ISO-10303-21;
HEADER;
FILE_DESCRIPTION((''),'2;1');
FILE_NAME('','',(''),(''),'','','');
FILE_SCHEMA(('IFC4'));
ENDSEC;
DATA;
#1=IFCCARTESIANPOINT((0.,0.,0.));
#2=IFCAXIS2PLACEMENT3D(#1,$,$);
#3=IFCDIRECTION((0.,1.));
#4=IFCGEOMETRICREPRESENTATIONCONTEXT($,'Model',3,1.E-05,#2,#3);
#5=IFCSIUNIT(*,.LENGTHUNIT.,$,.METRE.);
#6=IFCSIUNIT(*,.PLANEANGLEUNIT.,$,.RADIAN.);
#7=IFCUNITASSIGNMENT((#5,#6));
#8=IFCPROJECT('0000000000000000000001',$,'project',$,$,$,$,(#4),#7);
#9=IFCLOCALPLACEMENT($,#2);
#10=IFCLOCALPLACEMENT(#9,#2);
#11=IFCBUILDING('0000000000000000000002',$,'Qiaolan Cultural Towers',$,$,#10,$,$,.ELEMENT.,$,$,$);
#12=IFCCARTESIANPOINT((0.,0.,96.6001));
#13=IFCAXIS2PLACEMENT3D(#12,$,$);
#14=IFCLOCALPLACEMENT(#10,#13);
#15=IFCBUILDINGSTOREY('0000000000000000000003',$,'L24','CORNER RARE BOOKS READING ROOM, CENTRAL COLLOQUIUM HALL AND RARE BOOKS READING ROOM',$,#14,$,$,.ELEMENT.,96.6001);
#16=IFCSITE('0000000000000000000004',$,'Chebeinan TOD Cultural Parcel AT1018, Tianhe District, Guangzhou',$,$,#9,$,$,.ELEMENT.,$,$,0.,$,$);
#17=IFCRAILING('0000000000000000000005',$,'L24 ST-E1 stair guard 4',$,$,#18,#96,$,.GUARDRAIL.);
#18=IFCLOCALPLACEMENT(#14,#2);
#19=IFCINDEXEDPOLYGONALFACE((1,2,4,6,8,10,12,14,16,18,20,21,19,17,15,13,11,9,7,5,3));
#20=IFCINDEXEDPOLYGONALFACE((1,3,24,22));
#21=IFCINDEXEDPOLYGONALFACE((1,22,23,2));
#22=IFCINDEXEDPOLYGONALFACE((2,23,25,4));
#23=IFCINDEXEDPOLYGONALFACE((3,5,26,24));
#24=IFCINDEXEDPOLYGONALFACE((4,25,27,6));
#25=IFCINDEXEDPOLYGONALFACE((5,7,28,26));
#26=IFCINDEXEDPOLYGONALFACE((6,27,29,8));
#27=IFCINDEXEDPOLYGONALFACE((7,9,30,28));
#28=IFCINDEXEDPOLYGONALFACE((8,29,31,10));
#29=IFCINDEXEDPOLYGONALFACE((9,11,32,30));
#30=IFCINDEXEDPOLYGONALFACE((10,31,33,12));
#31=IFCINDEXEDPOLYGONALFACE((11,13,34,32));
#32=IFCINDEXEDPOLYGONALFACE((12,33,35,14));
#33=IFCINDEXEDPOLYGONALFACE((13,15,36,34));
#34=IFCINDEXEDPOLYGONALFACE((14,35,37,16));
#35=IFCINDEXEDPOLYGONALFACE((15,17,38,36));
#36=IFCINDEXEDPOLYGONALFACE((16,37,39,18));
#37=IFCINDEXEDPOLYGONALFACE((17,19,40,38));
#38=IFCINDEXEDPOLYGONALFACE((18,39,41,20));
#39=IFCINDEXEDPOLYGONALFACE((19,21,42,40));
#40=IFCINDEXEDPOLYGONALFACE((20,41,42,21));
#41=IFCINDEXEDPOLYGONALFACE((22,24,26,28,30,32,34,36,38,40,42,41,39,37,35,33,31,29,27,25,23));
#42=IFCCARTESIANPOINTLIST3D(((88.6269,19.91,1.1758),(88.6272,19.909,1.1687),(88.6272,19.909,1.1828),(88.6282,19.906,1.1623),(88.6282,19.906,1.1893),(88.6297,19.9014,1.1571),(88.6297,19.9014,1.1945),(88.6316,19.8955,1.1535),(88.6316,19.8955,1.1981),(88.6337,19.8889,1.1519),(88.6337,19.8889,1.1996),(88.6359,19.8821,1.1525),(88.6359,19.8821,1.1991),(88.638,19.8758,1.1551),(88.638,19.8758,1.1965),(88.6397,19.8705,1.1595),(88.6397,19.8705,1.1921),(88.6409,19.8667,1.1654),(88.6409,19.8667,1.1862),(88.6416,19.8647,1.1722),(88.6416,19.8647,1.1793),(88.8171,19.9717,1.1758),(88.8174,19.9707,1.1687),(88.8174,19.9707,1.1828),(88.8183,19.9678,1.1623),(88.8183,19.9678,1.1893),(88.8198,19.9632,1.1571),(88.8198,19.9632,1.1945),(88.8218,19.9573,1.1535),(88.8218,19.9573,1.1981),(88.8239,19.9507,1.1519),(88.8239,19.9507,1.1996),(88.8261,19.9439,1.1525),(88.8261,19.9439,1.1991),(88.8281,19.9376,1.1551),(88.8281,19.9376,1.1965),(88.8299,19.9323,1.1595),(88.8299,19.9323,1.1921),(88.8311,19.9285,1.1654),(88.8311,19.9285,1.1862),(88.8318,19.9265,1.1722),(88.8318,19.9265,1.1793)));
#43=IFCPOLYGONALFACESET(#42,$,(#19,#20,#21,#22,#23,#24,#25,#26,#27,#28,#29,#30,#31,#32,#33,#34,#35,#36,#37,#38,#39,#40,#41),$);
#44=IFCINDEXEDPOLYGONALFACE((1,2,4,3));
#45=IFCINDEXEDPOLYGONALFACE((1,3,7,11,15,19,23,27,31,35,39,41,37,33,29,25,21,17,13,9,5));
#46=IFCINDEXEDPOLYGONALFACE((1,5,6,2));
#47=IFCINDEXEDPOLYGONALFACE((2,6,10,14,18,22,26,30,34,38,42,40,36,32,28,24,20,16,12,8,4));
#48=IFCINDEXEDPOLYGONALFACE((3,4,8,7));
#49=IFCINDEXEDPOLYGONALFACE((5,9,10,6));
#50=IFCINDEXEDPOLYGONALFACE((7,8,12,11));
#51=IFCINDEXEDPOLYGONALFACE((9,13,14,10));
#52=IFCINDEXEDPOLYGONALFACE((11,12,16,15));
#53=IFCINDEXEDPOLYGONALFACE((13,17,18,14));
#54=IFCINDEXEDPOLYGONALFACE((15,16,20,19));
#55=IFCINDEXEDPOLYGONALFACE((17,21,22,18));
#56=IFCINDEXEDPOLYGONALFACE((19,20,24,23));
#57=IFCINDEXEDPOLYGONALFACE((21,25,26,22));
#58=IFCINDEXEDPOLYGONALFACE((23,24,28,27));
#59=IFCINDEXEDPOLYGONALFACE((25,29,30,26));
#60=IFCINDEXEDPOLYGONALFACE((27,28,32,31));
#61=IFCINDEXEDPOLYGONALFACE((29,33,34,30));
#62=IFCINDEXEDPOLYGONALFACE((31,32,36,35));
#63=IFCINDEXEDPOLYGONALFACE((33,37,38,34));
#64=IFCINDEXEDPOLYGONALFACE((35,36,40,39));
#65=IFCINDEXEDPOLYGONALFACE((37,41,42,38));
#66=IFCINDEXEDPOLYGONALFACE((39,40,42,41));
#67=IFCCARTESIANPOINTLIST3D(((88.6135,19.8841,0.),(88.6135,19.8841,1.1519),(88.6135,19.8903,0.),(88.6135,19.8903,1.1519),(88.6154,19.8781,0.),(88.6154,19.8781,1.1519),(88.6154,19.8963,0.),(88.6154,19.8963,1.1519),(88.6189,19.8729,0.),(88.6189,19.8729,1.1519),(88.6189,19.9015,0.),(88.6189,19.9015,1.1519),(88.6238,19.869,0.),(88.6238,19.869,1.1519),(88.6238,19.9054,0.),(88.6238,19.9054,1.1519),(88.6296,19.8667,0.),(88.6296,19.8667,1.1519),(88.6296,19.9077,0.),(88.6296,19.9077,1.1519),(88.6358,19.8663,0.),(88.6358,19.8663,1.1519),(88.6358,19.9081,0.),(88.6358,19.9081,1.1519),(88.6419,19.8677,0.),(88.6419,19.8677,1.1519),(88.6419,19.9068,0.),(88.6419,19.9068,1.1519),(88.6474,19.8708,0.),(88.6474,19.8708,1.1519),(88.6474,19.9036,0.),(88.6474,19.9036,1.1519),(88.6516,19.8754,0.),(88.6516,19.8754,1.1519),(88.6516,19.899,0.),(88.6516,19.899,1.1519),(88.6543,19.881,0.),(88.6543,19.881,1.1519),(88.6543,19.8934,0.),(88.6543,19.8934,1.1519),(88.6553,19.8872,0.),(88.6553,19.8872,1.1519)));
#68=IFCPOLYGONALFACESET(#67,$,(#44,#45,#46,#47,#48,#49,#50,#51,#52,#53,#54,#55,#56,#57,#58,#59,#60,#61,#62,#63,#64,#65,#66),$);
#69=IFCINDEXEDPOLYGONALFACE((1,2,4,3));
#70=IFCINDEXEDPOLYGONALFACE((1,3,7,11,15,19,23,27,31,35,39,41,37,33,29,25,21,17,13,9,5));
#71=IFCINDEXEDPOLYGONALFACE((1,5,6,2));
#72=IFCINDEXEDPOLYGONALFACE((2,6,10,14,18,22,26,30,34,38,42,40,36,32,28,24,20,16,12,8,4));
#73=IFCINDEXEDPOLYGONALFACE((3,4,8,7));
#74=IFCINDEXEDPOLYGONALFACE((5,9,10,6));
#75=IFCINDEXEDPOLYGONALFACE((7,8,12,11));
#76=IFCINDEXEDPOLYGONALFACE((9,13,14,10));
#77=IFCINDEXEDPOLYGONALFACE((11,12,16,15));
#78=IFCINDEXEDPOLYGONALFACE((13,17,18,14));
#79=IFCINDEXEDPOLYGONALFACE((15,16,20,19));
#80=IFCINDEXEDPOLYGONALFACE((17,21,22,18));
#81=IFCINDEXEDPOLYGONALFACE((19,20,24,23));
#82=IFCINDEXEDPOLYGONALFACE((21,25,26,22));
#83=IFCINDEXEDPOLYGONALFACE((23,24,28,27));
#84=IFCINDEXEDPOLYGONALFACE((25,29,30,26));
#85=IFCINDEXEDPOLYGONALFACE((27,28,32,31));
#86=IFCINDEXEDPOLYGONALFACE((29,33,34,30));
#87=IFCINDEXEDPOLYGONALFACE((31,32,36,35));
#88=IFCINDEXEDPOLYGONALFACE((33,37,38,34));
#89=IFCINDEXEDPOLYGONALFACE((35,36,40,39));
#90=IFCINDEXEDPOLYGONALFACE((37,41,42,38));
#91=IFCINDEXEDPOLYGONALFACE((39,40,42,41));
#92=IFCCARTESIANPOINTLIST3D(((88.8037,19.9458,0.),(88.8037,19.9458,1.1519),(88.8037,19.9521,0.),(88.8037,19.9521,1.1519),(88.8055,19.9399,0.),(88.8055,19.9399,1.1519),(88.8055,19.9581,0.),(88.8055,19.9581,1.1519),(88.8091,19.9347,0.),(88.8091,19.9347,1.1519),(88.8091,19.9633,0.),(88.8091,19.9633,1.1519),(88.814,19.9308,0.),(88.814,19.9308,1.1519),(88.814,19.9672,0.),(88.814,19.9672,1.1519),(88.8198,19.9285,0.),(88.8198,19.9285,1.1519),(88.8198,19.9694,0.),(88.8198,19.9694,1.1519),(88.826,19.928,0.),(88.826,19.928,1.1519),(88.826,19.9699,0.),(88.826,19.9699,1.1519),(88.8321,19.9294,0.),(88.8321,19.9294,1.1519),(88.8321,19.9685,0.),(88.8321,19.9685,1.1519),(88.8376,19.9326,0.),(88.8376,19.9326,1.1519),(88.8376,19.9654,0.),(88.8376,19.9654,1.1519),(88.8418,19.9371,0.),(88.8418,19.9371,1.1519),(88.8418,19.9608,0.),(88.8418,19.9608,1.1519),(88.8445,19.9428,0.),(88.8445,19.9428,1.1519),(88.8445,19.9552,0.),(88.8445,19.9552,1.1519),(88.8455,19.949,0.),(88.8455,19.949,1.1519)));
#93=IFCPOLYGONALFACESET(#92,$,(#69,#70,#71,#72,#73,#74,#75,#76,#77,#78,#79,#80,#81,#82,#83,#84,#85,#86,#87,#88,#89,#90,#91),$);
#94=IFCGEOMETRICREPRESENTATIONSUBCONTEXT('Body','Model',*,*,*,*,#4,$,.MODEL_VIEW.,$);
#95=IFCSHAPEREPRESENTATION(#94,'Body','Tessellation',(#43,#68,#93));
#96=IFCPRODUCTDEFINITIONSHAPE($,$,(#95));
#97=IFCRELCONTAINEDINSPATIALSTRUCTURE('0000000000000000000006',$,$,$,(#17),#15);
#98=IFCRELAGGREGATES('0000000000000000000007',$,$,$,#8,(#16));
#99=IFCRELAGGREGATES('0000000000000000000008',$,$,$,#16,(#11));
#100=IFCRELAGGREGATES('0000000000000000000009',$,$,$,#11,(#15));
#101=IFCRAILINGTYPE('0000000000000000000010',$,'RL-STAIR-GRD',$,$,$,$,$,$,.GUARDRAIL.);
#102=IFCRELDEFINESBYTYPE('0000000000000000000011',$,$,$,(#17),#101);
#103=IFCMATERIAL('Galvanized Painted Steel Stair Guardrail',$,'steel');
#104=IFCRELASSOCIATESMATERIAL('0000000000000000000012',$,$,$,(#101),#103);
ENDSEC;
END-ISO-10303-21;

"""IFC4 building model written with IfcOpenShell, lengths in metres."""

from ifc_helpers import new_model, si_unit, direction, frame, origin, origin_2d, place, context, subcontext, project, spatial, circle, extrude, material, type_object, element, save


model = new_model("IFC4")

# Units and contexts
model_context = context("Model", 3, precision=1e-05, world=origin(), true_north=direction((0.0, 1.0)))
body_context = subcontext(model_context, "Body", "Model", "MODEL_VIEW")
ifc_project = project(units=[si_unit("LENGTHUNIT", "METRE"), si_unit("PLANEANGLEUNIT", "RADIAN")], contexts=[model_context])

# Site, building, storey
site_placement = place(None, origin())
site = spatial("IfcSite", under=ifc_project, at=site_placement, Name="Chebeinan TOD Cultural Parcel AT1018, Tianhe District, Guangzhou", CompositionType="ELEMENT", RefElevation=0.0)
building_placement = place(site_placement, origin())
building = spatial("IfcBuilding", under=site, at=building_placement, Name="Qiaolan Cultural Towers", CompositionType="ELEMENT")
storey_placement = place(building_placement, frame((0.0, 0.0, 96.6001)))
storey = spatial("IfcBuildingStorey", under=building, at=storey_placement, Name="L24", Description="CORNER RARE BOOKS READING ROOM, CENTRAL COLLOQUIUM HALL AND RARE BOOKS READING ROOM", CompositionType="ELEMENT", Elevation=96.6001)

# Railing
ifc_material_1 = material(Name="Galvanized Painted Steel Stair Guardrail", Category="steel")
railing_type_1 = type_object("IfcRailingType", Name="RL-STAIR-GRD", PredefinedType="GUARDRAIL", material=ifc_material_1)
railing_1_placement = place(storey_placement, frame((88.6343, 19.8872, 0.0)))
element("IfcRailing", 1, at=railing_1_placement, inside=storey, type_object=railing_type_1, Name="L24 ST-E1 stair guard 4", PredefinedType="GUARDRAIL", context=body_context, shape_type="SweptSolid", body=[
    extrude(circle(Radius=0.0239, at=origin_2d()), frame((0.0, 0.0, 1.1758), z_axis=(0.951097, 0.308893, 0.0), x_axis=(-0.308893, 0.951097, 0.0)), (0.0, 0.0, 1.0), 0.2),
    extrude(circle(Radius=0.021, at=origin_2d()), origin(), (0.0, 0.0, 1.0), 1.1519),
    extrude(circle(Radius=0.021, at=origin_2d()), frame((0.1902, 0.0618, 0.0)), (0.0, 0.0, 1.0), 1.1519),
])

save(model, "model.ifc")
